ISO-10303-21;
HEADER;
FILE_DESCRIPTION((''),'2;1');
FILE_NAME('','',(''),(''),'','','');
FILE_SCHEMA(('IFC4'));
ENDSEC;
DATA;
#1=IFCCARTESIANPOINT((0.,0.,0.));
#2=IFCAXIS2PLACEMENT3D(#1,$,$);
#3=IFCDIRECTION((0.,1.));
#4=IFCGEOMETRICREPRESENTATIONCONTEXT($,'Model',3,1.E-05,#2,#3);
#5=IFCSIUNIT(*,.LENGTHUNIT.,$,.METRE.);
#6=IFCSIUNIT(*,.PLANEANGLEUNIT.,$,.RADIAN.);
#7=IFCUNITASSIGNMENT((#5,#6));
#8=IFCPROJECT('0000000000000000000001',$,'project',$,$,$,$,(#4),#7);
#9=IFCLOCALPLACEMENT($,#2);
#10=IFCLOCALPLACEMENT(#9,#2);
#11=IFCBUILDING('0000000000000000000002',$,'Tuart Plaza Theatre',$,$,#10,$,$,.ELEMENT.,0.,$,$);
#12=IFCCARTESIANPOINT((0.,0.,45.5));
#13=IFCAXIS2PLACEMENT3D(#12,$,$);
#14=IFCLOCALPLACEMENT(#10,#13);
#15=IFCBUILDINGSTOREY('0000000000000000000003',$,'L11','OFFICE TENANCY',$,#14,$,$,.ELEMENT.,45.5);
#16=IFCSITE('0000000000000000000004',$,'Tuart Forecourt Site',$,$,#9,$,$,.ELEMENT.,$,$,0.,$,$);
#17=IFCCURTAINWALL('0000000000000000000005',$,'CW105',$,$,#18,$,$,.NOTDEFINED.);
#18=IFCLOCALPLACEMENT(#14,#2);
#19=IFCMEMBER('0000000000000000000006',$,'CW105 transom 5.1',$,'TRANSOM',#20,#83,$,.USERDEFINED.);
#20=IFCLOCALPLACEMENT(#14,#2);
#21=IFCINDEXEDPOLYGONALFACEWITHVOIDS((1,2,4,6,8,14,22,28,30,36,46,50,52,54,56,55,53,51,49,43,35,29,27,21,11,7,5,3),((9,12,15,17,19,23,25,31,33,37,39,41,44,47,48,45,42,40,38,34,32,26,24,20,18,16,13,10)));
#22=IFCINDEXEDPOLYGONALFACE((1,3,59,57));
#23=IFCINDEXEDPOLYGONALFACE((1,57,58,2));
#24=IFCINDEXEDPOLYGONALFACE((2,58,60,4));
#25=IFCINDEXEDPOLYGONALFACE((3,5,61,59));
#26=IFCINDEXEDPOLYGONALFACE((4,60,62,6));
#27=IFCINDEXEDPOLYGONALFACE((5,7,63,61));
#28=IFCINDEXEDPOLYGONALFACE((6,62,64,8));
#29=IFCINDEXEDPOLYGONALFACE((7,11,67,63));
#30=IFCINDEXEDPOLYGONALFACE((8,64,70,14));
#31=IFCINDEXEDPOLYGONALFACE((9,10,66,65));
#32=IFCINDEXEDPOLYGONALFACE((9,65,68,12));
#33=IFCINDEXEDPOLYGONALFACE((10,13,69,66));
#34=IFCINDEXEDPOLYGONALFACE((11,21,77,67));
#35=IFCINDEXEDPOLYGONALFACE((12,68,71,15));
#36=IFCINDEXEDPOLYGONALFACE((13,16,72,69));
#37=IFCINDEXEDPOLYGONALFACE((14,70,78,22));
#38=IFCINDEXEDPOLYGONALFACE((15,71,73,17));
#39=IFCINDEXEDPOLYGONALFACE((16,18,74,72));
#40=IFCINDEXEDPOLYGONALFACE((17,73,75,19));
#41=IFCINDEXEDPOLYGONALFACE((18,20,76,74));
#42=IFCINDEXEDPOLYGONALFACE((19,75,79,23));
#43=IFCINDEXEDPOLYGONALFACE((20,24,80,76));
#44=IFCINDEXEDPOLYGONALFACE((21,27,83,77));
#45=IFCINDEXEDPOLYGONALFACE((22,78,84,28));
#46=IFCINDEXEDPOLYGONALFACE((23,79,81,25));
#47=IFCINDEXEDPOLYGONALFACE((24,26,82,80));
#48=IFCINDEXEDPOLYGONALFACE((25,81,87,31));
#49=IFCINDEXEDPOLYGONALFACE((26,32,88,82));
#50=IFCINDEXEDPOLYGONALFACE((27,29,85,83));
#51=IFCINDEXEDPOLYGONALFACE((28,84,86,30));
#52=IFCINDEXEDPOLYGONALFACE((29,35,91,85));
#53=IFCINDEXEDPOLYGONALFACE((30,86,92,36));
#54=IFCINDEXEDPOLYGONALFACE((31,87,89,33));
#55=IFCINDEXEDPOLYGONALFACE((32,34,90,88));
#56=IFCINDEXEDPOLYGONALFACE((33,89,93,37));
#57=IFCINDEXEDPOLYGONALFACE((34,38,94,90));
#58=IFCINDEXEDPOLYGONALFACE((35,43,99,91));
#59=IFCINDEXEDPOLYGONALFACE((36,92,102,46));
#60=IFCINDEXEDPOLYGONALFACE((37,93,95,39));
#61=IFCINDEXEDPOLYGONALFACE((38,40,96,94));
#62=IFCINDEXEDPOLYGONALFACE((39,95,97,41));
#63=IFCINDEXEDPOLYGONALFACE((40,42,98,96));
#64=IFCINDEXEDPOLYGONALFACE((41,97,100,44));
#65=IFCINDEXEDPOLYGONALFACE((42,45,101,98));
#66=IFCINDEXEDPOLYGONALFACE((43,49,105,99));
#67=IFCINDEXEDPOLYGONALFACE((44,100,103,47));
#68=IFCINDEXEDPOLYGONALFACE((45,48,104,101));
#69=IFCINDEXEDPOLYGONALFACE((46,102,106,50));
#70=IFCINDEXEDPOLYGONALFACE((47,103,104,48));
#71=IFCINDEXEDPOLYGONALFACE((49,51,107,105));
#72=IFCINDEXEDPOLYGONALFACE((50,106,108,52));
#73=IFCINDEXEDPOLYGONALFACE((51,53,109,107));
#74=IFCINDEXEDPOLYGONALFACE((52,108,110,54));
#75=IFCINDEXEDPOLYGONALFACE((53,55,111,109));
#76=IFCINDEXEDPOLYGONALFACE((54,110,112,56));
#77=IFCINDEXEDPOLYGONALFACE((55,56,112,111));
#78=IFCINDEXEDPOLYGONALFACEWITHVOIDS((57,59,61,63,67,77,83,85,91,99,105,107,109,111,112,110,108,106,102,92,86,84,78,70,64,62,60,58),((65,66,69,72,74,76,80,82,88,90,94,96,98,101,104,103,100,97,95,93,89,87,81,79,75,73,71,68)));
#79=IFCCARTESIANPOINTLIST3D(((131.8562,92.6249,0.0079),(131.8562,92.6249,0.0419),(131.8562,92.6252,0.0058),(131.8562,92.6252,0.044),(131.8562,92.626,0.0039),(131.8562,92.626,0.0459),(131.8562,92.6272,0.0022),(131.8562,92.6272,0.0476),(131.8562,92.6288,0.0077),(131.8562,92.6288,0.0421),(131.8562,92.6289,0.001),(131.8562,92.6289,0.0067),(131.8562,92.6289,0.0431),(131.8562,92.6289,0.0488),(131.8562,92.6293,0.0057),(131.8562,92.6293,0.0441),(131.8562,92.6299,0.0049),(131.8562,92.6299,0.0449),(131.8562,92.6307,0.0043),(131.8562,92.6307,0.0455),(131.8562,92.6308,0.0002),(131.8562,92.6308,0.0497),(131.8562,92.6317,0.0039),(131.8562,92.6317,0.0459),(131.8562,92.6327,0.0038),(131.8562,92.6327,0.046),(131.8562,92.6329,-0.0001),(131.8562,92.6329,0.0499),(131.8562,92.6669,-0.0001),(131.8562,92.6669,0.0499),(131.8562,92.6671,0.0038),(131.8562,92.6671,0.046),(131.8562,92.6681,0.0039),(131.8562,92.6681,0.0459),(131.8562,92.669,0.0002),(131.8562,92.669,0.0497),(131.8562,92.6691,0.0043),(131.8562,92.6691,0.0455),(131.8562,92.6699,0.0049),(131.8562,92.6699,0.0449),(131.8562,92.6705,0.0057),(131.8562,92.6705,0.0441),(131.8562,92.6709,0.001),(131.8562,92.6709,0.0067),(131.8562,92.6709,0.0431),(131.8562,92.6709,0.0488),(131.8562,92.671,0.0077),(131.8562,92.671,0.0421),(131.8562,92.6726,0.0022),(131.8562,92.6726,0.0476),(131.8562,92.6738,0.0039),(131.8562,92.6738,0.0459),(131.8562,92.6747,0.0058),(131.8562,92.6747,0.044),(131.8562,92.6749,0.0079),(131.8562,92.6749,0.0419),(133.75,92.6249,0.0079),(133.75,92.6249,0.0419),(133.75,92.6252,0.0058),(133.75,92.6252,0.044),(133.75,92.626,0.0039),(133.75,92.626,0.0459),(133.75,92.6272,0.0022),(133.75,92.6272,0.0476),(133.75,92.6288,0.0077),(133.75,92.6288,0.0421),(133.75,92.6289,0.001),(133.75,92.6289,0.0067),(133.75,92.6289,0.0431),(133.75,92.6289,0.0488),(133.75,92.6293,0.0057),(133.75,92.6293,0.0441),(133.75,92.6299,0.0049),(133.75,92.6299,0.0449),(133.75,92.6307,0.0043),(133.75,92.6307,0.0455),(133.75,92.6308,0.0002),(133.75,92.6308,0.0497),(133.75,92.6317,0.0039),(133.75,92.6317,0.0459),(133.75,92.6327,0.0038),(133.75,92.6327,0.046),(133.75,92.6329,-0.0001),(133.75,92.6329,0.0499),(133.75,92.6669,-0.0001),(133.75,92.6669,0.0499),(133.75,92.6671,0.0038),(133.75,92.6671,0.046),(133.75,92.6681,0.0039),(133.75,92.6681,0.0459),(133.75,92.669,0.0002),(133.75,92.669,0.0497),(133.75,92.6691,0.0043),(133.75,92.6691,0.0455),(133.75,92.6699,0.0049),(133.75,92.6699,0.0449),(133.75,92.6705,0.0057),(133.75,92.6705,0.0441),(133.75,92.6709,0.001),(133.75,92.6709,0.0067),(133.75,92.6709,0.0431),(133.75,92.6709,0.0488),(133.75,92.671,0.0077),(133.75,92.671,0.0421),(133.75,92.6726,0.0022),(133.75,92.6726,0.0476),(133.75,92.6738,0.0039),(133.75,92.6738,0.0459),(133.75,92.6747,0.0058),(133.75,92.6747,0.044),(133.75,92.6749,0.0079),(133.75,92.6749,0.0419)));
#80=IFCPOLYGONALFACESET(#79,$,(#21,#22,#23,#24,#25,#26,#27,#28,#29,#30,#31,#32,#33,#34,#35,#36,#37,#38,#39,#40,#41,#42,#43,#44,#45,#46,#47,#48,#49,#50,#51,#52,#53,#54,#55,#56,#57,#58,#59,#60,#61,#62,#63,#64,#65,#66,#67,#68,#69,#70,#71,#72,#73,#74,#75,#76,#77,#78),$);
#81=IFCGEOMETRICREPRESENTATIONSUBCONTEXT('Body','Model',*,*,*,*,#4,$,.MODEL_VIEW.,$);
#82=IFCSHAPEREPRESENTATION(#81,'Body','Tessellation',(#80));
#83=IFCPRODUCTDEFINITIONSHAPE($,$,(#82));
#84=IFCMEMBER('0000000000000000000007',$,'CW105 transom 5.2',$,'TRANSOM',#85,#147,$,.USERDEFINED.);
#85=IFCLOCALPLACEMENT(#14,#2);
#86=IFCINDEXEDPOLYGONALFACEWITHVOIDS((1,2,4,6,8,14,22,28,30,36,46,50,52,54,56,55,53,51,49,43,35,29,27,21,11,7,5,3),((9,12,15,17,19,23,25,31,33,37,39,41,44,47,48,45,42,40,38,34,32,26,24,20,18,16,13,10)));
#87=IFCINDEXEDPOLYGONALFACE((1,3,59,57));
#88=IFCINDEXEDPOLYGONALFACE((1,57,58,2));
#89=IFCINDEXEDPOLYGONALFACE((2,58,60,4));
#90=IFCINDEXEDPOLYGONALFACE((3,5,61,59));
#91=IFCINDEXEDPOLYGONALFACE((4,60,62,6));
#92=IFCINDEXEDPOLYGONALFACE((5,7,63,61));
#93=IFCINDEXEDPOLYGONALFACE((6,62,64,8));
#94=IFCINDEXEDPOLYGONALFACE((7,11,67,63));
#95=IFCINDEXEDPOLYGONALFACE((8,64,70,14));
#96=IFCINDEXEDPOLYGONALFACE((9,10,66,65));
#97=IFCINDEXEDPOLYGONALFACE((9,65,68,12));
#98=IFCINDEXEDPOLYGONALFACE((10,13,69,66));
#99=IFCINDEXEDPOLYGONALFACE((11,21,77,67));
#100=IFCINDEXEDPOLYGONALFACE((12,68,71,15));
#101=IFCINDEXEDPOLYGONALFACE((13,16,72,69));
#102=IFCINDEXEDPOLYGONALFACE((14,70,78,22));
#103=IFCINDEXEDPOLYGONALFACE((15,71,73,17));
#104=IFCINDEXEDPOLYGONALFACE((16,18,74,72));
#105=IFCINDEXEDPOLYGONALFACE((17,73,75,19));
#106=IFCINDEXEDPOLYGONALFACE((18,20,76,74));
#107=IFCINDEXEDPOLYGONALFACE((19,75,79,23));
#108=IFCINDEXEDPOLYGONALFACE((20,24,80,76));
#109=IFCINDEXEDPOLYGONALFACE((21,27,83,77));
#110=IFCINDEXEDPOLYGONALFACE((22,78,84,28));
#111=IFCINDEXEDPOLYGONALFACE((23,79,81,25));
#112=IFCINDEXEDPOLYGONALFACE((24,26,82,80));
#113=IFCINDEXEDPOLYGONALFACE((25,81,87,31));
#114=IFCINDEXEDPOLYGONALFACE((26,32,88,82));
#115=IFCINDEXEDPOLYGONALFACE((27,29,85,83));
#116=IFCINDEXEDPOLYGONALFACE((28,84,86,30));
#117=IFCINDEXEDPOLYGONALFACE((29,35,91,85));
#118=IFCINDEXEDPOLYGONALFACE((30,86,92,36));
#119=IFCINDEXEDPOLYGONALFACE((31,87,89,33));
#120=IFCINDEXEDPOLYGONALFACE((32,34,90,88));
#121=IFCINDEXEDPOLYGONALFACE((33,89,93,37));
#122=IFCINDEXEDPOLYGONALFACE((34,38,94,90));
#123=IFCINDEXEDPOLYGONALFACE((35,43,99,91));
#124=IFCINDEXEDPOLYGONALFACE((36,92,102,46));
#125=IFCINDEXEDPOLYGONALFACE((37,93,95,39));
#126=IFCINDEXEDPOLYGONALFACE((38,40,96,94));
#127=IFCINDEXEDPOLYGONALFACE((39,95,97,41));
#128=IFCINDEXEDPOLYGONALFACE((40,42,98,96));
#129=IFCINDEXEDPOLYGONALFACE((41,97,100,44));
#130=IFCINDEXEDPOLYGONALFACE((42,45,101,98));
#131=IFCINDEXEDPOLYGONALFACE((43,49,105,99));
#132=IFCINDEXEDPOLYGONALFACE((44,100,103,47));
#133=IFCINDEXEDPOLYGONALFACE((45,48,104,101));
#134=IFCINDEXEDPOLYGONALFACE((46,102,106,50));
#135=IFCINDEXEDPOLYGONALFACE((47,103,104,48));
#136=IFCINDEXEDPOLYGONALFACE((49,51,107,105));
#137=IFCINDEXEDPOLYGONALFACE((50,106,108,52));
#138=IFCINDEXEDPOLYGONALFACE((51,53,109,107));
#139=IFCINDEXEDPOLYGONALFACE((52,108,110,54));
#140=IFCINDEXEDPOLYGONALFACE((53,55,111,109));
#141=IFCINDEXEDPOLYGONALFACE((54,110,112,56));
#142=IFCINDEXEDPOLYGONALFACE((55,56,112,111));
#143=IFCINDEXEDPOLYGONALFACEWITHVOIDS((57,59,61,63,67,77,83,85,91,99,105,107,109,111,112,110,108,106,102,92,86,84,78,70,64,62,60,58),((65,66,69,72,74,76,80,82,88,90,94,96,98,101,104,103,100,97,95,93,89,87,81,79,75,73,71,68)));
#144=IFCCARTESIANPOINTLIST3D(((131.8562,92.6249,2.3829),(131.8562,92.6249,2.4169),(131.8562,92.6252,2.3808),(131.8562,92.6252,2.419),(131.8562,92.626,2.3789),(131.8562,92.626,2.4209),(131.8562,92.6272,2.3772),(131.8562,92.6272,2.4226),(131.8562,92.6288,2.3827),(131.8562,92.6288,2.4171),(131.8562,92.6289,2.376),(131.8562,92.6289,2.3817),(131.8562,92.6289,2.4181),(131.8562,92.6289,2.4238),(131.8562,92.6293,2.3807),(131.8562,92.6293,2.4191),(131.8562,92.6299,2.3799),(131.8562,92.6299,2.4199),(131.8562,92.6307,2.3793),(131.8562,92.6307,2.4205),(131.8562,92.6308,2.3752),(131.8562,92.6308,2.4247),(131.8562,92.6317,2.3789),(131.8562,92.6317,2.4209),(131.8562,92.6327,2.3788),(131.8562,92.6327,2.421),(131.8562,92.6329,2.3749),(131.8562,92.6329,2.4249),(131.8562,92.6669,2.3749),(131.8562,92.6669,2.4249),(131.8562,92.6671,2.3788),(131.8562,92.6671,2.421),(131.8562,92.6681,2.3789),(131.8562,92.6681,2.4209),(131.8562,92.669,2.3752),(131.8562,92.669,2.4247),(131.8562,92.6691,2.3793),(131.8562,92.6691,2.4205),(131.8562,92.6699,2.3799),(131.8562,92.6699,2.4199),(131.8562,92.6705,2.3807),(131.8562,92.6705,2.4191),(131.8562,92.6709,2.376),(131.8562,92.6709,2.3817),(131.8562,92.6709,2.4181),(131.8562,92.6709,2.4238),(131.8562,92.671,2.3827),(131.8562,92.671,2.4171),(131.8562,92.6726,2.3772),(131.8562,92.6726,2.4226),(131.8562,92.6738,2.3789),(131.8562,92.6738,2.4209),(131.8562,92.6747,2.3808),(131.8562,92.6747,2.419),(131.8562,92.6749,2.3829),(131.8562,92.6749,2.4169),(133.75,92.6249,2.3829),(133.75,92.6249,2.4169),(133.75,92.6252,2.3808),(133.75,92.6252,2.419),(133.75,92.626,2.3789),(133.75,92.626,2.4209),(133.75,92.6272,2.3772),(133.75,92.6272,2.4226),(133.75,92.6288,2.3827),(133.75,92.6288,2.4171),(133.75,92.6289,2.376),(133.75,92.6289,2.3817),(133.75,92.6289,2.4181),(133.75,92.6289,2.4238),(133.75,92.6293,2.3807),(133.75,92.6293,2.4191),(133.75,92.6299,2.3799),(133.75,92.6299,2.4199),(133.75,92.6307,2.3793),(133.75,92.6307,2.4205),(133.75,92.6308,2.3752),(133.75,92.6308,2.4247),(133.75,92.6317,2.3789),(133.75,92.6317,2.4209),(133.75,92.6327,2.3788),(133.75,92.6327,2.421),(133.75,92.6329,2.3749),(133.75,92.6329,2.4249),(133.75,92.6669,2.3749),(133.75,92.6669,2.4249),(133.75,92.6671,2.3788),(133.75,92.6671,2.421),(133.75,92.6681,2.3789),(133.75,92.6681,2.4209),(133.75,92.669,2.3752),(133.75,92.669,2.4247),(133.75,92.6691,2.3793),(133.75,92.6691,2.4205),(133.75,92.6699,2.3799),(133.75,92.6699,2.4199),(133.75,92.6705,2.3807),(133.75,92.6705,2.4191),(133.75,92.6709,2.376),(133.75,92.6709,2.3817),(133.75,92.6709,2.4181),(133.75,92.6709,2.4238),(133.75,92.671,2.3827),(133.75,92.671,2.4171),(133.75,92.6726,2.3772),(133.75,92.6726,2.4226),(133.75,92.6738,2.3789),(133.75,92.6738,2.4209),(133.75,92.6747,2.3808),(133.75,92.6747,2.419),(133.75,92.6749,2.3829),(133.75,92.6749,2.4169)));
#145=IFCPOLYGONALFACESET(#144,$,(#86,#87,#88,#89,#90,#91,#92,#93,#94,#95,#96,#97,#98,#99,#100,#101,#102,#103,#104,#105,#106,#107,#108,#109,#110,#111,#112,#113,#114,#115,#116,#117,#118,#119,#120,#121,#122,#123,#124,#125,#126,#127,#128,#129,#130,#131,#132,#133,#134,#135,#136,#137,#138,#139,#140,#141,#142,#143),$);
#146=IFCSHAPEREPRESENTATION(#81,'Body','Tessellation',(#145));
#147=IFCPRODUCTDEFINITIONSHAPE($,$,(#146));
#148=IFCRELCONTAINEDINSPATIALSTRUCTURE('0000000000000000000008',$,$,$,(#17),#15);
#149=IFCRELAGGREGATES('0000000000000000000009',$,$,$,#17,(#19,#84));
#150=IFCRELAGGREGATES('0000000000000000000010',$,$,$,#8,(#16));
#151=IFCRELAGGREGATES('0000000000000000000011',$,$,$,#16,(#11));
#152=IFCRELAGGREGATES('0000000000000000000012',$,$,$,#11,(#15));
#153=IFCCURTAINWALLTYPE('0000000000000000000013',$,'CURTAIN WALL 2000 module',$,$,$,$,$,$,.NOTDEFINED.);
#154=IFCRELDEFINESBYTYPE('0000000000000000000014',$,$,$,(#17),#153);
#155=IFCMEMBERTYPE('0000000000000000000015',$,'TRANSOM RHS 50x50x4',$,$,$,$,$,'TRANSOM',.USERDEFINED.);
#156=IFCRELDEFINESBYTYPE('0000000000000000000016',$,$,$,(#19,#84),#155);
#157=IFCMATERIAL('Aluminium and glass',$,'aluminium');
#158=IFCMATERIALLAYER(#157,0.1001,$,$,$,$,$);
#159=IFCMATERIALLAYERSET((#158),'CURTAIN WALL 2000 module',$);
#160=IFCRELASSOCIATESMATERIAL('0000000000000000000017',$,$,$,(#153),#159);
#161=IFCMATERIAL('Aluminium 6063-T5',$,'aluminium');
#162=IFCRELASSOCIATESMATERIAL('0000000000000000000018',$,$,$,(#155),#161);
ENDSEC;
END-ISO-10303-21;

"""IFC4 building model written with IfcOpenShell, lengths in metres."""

from ifc_helpers import new_model, si_unit, direction, frame, origin, origin_2d, place, context, subcontext, project, spatial, hollow_rectangle, extrude, material, layer, layer_set, material_profile, profile_set, type_object, element, aggregate, save


model = new_model("IFC4")

# Units and contexts
model_context = context("Model", 3, precision=1e-05, world=origin(), true_north=direction((0.0, 1.0)))
body_context = subcontext(model_context, "Body", "Model", "MODEL_VIEW")
ifc_project = project(units=[si_unit("LENGTHUNIT", "METRE"), si_unit("PLANEANGLEUNIT", "RADIAN")], contexts=[model_context])

# Site, building, storey
site_placement = place(None, origin())
site = spatial("IfcSite", under=ifc_project, at=site_placement, Name="Tuart Forecourt Site", CompositionType="ELEMENT", RefElevation=0.0)
building_placement = place(site_placement, origin())
building = spatial("IfcBuilding", under=site, at=building_placement, Name="Tuart Plaza Theatre", CompositionType="ELEMENT", ElevationOfRefHeight=0.0)
storey_placement = place(building_placement, frame((0.0, 0.0, 45.5)))
storey = spatial("IfcBuildingStorey", under=building, at=storey_placement, Name="L11", Description="OFFICE TENANCY", CompositionType="ELEMENT", Elevation=45.5)

# Curtain wall, members
ifc_material_1 = material(Name="Aluminium and glass", Category="aluminium")
ifc_layer_1 = layer(ifc_material_1, 0.1001)
ifc_layer_set_1 = layer_set([ifc_layer_1], Name="CURTAIN WALL 2000 module")
curtain_wall_type = type_object("IfcCurtainWallType", Name="CURTAIN WALL 2000 module", PredefinedType="NOTDEFINED", material=ifc_layer_set_1)
curtain_wall_placement = place(storey_placement, origin())
curtain_wall = element("IfcCurtainWall", 1, at=curtain_wall_placement, inside=storey, type_object=curtain_wall_type, Name="CW105", PredefinedType="NOTDEFINED")
ifc_material_2 = material(Name="Aluminium 6063-T5", Category="aluminium")
ifc_material_profile_1 = material_profile(ifc_material_2, hollow_rectangle(XDim=0.05, YDim=0.05, WallThickness=0.0039, InnerFilletRadius=0.0039, OuterFilletRadius=0.0081, at=origin_2d()), Name="RHS 50x50x4")
ifc_profile_set_1 = profile_set([ifc_material_profile_1], Name="Aluminium 6063-T5")
member_type_1 = type_object("IfcMemberType", Name="TRANSOM RHS 50x50x4", ElementType="TRANSOM", PredefinedType="USERDEFINED", material=ifc_profile_set_1)
member_1_placement = place(storey_placement, frame((133.75, 92.6499, 0.0249), z_axis=(-1.0, 0.0, 0.0), x_axis=(0.0, -1.0, 0.0)))
member_1 = element("IfcMember", 2, at=member_1_placement, type_object=member_type_1, Name="CW105 transom 5.1", ObjectType="TRANSOM", PredefinedType="USERDEFINED", context=body_context, shape_type="SweptSolid", body=[
    extrude(hollow_rectangle(XDim=0.05, YDim=0.05, WallThickness=0.0039, InnerFilletRadius=0.0039, OuterFilletRadius=0.0081, at=origin_2d()), origin(), (0.0, 0.0, 1.0), 1.8938),
])
member_2_placement = place(storey_placement, frame((133.75, 92.6499, 2.3999), z_axis=(-1.0, 0.0, 0.0), x_axis=(0.0, -1.0, 0.0)))
member_2 = element("IfcMember", 3, at=member_2_placement, type_object=member_type_1, Name="CW105 transom 5.2", ObjectType="TRANSOM", PredefinedType="USERDEFINED", context=body_context, shape_type="SweptSolid", body=[
    extrude(hollow_rectangle(XDim=0.05, YDim=0.05, WallThickness=0.0039, InnerFilletRadius=0.0039, OuterFilletRadius=0.0081, at=origin_2d()), origin(), (0.0, 0.0, 1.0), 1.8938),
])
aggregate(curtain_wall, [member_1, member_2])

save(model, "model.ifc")
